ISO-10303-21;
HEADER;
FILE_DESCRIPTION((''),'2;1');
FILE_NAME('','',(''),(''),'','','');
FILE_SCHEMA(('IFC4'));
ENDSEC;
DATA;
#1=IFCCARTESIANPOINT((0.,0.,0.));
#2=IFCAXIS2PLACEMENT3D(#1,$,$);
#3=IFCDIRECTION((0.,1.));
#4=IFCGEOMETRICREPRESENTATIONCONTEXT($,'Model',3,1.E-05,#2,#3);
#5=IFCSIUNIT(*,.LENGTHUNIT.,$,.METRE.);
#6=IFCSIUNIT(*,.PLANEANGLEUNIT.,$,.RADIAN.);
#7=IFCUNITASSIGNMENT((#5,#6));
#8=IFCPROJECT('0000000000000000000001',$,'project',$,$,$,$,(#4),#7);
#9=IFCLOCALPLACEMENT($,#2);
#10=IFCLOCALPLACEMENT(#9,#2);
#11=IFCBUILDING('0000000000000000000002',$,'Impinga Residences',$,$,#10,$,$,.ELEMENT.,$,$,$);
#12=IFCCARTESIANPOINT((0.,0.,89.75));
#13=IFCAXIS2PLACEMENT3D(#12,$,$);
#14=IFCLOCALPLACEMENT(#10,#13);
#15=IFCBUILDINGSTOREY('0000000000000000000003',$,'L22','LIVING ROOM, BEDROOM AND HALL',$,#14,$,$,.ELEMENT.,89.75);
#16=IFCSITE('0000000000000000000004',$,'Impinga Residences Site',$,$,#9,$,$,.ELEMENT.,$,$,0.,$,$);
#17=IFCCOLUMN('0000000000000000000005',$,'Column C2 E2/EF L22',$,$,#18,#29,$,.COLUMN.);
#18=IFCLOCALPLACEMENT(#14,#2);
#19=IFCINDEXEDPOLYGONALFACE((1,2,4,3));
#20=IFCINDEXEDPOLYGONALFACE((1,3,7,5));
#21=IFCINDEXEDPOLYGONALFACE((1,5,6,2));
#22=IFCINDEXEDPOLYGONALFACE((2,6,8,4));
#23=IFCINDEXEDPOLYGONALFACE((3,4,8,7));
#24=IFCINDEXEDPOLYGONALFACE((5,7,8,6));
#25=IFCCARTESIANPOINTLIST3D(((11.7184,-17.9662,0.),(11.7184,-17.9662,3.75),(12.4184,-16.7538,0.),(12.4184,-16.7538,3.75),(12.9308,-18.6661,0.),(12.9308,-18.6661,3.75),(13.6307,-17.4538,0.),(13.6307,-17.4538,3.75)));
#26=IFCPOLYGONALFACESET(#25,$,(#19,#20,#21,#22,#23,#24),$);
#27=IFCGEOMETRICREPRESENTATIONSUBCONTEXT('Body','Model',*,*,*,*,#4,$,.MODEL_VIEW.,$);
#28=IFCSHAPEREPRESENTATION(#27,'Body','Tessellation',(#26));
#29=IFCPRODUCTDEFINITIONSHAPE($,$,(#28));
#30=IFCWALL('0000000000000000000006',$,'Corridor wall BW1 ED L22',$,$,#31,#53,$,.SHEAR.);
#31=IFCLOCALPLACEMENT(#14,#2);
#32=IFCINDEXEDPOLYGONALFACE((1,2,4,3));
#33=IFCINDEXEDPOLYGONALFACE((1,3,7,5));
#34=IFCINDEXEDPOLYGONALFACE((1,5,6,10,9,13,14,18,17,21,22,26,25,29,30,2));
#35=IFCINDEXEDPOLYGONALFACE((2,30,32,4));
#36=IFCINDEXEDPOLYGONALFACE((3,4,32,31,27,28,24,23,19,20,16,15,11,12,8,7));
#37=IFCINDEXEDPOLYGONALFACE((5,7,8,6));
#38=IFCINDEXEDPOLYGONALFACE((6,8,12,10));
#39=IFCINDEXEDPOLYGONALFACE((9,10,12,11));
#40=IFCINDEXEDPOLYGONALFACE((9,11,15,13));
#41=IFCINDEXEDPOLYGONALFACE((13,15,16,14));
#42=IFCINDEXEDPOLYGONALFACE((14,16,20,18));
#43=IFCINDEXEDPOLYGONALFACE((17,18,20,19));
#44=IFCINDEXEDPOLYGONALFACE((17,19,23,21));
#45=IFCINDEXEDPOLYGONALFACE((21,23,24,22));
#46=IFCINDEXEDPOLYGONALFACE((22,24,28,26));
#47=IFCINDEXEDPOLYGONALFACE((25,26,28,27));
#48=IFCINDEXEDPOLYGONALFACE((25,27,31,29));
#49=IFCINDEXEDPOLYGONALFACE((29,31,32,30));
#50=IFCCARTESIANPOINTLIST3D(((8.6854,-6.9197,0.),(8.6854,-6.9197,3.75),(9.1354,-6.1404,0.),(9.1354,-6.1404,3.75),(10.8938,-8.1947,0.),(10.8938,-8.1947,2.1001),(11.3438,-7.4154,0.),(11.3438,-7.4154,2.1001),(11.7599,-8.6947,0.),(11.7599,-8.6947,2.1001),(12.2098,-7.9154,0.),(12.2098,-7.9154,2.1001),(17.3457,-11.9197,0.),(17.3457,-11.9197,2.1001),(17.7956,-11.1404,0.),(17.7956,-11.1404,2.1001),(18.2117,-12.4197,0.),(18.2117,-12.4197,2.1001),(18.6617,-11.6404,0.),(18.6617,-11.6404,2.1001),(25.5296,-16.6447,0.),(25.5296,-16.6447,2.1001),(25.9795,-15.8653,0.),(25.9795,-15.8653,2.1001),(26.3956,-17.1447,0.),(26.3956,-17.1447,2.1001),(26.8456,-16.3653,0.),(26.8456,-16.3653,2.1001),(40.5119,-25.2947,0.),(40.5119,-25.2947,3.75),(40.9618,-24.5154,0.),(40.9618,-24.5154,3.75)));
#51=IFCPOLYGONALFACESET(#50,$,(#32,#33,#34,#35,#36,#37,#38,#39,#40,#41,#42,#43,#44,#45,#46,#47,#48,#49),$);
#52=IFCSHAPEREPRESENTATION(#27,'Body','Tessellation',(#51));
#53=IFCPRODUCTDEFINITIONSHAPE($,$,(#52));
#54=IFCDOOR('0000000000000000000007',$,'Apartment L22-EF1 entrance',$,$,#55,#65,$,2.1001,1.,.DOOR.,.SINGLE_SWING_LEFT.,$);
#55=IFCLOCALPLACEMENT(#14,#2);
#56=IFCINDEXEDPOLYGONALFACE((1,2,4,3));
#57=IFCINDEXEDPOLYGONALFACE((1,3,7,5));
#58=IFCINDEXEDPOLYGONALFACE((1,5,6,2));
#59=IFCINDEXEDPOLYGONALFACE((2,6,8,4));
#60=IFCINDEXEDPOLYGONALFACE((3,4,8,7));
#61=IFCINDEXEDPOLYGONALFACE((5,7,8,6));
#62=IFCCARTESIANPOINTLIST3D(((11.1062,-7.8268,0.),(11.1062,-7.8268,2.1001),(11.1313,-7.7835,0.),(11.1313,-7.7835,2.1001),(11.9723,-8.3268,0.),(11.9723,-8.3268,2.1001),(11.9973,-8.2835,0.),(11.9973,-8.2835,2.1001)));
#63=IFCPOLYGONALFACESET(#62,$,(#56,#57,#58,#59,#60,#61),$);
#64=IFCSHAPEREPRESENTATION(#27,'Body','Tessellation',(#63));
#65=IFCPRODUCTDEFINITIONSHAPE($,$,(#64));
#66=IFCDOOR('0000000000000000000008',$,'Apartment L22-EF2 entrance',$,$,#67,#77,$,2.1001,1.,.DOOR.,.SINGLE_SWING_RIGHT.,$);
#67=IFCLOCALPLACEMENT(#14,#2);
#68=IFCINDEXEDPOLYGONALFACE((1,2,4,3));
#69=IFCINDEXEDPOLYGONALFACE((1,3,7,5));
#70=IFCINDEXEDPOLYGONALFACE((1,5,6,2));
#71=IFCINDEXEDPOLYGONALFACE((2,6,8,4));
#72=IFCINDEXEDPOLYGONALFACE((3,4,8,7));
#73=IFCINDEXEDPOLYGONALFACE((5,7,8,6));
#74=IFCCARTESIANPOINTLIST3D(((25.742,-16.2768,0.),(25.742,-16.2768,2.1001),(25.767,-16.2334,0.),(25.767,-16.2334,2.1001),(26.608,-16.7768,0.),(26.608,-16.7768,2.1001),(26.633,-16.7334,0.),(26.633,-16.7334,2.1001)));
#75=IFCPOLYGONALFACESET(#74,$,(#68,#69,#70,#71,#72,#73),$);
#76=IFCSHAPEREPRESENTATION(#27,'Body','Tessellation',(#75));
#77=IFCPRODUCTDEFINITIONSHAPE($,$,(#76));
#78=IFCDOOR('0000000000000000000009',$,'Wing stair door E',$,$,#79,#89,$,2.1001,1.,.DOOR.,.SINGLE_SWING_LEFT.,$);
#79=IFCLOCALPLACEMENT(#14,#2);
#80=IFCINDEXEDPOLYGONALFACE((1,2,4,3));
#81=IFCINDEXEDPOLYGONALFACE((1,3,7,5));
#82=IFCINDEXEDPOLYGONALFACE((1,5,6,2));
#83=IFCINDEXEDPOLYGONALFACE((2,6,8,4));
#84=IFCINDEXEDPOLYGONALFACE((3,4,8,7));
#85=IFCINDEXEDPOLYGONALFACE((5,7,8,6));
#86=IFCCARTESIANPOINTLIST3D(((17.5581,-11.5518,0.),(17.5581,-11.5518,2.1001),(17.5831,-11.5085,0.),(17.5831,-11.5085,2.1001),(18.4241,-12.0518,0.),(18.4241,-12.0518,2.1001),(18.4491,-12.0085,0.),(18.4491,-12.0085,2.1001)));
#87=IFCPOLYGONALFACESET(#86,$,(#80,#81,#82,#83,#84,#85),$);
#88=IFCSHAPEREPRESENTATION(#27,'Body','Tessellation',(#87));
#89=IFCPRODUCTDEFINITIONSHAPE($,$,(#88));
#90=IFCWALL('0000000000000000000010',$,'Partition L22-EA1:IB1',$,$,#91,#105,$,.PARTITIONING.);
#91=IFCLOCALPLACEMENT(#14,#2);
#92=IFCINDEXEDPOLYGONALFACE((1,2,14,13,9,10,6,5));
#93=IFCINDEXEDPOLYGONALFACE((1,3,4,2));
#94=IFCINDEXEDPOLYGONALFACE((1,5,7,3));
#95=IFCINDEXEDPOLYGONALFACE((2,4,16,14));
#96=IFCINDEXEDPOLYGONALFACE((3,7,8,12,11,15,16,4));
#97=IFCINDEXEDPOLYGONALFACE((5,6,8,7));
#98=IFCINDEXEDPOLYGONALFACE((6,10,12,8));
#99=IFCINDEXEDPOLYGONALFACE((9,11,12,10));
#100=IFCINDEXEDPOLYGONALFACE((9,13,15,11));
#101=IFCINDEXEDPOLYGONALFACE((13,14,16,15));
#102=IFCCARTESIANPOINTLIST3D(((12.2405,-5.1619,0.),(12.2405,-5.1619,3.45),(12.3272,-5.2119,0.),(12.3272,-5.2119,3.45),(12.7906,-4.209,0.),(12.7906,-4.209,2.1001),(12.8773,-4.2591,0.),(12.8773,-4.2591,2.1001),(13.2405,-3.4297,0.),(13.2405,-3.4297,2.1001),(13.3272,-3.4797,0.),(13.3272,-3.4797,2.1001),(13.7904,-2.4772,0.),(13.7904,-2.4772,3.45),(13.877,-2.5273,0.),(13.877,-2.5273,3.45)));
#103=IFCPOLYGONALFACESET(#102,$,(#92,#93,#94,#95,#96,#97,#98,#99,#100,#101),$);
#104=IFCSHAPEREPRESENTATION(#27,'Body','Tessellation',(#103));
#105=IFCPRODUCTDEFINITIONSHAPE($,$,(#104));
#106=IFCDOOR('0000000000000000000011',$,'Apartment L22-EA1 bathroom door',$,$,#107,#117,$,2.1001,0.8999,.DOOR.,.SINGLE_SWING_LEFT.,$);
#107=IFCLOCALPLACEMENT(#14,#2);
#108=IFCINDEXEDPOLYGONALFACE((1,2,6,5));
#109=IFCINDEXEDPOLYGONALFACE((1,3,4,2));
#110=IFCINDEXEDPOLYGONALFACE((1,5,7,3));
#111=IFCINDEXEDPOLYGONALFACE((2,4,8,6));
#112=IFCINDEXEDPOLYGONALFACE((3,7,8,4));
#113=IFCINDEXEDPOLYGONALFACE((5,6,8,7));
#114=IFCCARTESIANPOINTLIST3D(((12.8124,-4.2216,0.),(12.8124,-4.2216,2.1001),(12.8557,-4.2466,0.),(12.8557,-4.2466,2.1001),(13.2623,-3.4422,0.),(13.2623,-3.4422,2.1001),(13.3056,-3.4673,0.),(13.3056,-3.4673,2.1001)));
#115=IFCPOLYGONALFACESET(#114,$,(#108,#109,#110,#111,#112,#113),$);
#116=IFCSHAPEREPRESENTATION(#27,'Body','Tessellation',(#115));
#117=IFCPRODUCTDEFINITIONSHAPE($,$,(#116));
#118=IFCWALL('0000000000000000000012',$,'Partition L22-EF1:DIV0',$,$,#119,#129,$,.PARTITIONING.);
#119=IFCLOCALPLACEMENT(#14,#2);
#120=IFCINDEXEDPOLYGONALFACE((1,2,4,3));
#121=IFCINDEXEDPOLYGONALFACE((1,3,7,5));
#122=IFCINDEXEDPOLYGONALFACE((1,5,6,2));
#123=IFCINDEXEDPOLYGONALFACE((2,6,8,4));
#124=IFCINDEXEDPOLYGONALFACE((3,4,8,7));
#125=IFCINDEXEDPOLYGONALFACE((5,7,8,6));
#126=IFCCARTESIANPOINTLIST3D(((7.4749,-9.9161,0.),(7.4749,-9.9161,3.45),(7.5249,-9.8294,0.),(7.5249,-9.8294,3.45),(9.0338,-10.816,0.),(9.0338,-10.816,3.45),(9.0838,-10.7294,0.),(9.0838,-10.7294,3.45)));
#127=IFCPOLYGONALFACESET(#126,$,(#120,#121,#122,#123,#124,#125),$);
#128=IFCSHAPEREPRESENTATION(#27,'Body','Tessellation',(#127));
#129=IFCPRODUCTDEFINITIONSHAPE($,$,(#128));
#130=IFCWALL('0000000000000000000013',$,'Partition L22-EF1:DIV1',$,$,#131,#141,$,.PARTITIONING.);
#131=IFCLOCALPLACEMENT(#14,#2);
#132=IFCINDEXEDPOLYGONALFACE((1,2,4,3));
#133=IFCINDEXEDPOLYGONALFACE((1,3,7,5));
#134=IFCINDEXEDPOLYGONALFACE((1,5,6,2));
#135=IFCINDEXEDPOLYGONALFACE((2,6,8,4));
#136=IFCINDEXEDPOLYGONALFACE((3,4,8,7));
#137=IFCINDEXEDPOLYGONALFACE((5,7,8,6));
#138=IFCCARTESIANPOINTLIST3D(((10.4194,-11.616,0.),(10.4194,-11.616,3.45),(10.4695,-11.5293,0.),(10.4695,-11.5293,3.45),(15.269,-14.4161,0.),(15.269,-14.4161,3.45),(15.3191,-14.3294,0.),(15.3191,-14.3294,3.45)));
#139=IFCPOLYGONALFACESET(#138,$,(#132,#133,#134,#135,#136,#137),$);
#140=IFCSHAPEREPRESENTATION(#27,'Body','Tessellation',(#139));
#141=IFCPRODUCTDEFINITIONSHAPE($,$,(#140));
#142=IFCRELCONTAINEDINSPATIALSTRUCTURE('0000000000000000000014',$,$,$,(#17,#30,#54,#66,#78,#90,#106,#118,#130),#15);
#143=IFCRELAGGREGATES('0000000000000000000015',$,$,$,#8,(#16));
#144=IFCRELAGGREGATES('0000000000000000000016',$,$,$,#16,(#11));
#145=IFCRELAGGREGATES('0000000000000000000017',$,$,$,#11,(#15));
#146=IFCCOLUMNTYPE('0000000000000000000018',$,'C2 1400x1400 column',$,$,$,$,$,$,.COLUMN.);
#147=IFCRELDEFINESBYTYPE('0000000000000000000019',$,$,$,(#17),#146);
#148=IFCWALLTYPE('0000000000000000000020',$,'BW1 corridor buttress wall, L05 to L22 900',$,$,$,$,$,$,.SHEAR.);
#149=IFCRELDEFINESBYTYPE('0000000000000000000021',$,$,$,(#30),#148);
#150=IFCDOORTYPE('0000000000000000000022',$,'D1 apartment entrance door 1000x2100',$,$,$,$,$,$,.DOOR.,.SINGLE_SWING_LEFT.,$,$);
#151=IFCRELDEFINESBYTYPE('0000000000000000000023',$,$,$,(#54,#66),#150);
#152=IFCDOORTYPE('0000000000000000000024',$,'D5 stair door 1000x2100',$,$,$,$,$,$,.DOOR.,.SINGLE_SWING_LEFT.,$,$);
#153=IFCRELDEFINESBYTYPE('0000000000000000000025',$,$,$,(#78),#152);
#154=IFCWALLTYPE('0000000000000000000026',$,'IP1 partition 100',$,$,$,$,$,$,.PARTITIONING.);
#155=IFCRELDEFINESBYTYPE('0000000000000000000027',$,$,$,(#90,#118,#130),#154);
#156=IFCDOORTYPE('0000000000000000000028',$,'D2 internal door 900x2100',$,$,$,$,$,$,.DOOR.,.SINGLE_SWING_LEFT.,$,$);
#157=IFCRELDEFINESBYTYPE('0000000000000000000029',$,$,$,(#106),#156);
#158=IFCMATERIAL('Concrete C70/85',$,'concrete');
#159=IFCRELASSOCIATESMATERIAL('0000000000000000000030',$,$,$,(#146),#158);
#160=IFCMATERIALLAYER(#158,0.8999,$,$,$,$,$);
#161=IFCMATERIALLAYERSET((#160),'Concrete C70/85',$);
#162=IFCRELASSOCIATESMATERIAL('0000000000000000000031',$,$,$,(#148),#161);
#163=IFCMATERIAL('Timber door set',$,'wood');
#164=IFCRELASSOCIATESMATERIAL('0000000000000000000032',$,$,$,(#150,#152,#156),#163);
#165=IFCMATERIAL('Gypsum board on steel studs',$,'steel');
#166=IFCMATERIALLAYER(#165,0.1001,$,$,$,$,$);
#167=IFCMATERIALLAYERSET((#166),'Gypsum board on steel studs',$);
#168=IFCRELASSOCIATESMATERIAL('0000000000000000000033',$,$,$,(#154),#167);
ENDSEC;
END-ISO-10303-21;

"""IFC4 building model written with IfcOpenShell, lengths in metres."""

from ifc_helpers import new_model, si_unit, direction, frame, frame_2d, origin, origin_2d, place, context, subcontext, project, spatial, rectangle, extrude, material, layer, layer_set, material_profile, profile_set, type_object, element, fill, save


model = new_model("IFC4")

# Units and contexts
model_context = context("Model", 3, precision=1e-05, world=origin(), true_north=direction((0.0, 1.0)))
body_context = subcontext(model_context, "Body", "Model", "MODEL_VIEW")
ifc_project = project(units=[si_unit("LENGTHUNIT", "METRE"), si_unit("PLANEANGLEUNIT", "RADIAN")], contexts=[model_context])

# Site, building, storey
site_placement = place(None, origin())
site = spatial("IfcSite", under=ifc_project, at=site_placement, Name="Impinga Residences Site", CompositionType="ELEMENT", RefElevation=0.0)
building_placement = place(site_placement, origin())
building = spatial("IfcBuilding", under=site, at=building_placement, Name="Impinga Residences", CompositionType="ELEMENT")
storey_placement = place(building_placement, frame((0.0, 0.0, 89.75)))
storey = spatial("IfcBuildingStorey", under=building, at=storey_placement, Name="L22", Description="LIVING ROOM, BEDROOM AND HALL", CompositionType="ELEMENT", Elevation=89.75)

# Column
ifc_material_1 = material(Name="Concrete C70/85", Category="concrete")
ifc_material_profile = material_profile(ifc_material_1, rectangle(XDim=1.3999, YDim=1.3999, at=origin_2d()), Name="RC 1400x1400")
ifc_profile_set = profile_set([ifc_material_profile], Name="Concrete C70/85")
column_type = type_object("IfcColumnType", Name="C2 1400x1400 column", PredefinedType="COLUMN", material=ifc_profile_set)
column_placement = place(storey_placement, frame((12.6746, -17.71, 0.0), z_axis=(0.0, 0.0, 1.0), x_axis=(-0.5, -0.866025, 0.0)))
element("IfcColumn", 1, at=column_placement, inside=storey, type_object=column_type, Name="Column C2 E2/EF L22", PredefinedType="COLUMN", context=body_context, shape_type="SweptSolid", body=[
    extrude(rectangle(XDim=1.3999, YDim=1.3999, at=origin_2d()), origin(), (0.0, 0.0, 1.0), 3.75),
])

# Wall, openings, doors
ifc_layer_1 = layer(ifc_material_1, 0.8999)
ifc_layer_set_1 = layer_set([ifc_layer_1], Name="Concrete C70/85")
wall_type_1 = type_object("IfcWallType", Name="BW1 corridor buttress wall, L05 to L22 900", PredefinedType="SHEAR", material=ifc_layer_set_1)
wall_1_placement = place(storey_placement, frame((8.9104, -6.53, 0.0), z_axis=(0.0, 0.0, 1.0), x_axis=(0.866025, -0.5, 0.0)))
wall_1 = element("IfcWall", 2, at=wall_1_placement, inside=storey, type_object=wall_type_1, Name="Corridor wall BW1 ED L22", PredefinedType="SHEAR", context=body_context, shape_type="SweptSolid", body=[
    extrude(rectangle(XDim=36.75, YDim=0.8999, at=frame_2d((18.375, 0.0))), origin(), (0.0, 0.0, 1.0), 3.75),
])
opening_1_placement = place(wall_1_placement, frame((10.0, 0.0, 0.0)))
opening_1 = element("IfcOpeningElement", 3, at=opening_1_placement, cuts=wall_1, PredefinedType="OPENING", context=body_context, shape_type="SweptSolid", body=[
    extrude(rectangle(XDim=1.0, YDim=2.1001, at=frame_2d((0.5, 1.05))), frame((0.0, 0.46, 0.0), z_axis=(0.0, -1.0, 0.0), x_axis=(1.0, 0.0, 0.0)), (0.0, 0.0, 1.0), 0.9199),
])
opening_2_placement = place(wall_1_placement, frame((2.55, 0.0, 0.0)))
opening_2 = element("IfcOpeningElement", 4, at=opening_2_placement, cuts=wall_1, PredefinedType="OPENING", context=body_context, shape_type="SweptSolid", body=[
    extrude(rectangle(XDim=1.0, YDim=2.1001, at=frame_2d((0.5, 1.05))), frame((0.0, 0.46, 0.0), z_axis=(0.0, -1.0, 0.0), x_axis=(1.0, 0.0, 0.0)), (0.0, 0.0, 1.0), 0.9199),
])
opening_3_placement = place(wall_1_placement, frame((19.45, 0.0, 0.0)))
opening_3 = element("IfcOpeningElement", 5, at=opening_3_placement, cuts=wall_1, PredefinedType="OPENING", context=body_context, shape_type="SweptSolid", body=[
    extrude(rectangle(XDim=1.0, YDim=2.1001, at=frame_2d((0.5, 1.05))), frame((0.0, 0.46, 0.0), z_axis=(0.0, -1.0, 0.0), x_axis=(1.0, 0.0, 0.0)), (0.0, 0.0, 1.0), 0.9199),
])
ifc_material_2 = material(Name="Timber door set", Category="wood")
door_type_1 = type_object("IfcDoorType", Name="D1 apartment entrance door 1000x2100", OperationType="SINGLE_SWING_LEFT", PredefinedType="DOOR", material=ifc_material_2)
door_1_placement = place(opening_2_placement, origin())
door_1 = element("IfcDoor", 6, at=door_1_placement, inside=storey, type_object=door_type_1, Name="Apartment L22-EF1 entrance", OperationType="SINGLE_SWING_LEFT", OverallHeight=2.1001, OverallWidth=1.0, PredefinedType="DOOR", context=body_context, shape_type="SweptSolid", body=[
    extrude(rectangle(XDim=1.0, YDim=2.1001, at=frame_2d((0.5, 1.05))), frame((0.0, 0.0249, 0.0), z_axis=(0.0, -1.0, 0.0), x_axis=(1.0, 0.0, 0.0)), (0.0, 0.0, 1.0), 0.05),
])
fill(opening_2, door_1)
door_2_placement = place(opening_3_placement, origin())
door_2 = element("IfcDoor", 7, at=door_2_placement, inside=storey, type_object=door_type_1, Name="Apartment L22-EF2 entrance", OperationType="SINGLE_SWING_RIGHT", OverallHeight=2.1001, OverallWidth=1.0, PredefinedType="DOOR", context=body_context, shape_type="SweptSolid", body=[
    extrude(rectangle(XDim=1.0, YDim=2.1001, at=frame_2d((0.5, 1.05))), frame((0.0, 0.0249, 0.0), z_axis=(0.0, -1.0, 0.0), x_axis=(1.0, 0.0, 0.0)), (0.0, 0.0, 1.0), 0.05),
])
fill(opening_3, door_2)
door_type_2 = type_object("IfcDoorType", Name="D5 stair door 1000x2100", OperationType="SINGLE_SWING_LEFT", PredefinedType="DOOR", material=ifc_material_2)
door_3_placement = place(opening_1_placement, origin())
door_3 = element("IfcDoor", 8, at=door_3_placement, inside=storey, type_object=door_type_2, Name="Wing stair door E", OperationType="SINGLE_SWING_LEFT", OverallHeight=2.1001, OverallWidth=1.0, PredefinedType="DOOR", context=body_context, shape_type="SweptSolid", body=[
    extrude(rectangle(XDim=1.0, YDim=2.1001, at=frame_2d((0.5, 1.05))), frame((0.0, 0.0249, 0.0), z_axis=(0.0, -1.0, 0.0), x_axis=(1.0, 0.0, 0.0)), (0.0, 0.0, 1.0), 0.05),
])
fill(opening_1, door_3)

# Wall, opening, door
ifc_material_3 = material(Name="Gypsum board on steel studs", Category="steel")
ifc_layer_2 = layer(ifc_material_3, 0.1001)
ifc_layer_set_2 = layer_set([ifc_layer_2], Name="Gypsum board on steel studs")
wall_type_2 = type_object("IfcWallType", Name="IP1 partition 100", PredefinedType="PARTITIONING", material=ifc_layer_set_2)
wall_2_placement = place(storey_placement, frame((12.2839, -5.1868, 0.0), z_axis=(0.0, 0.0, 1.0), x_axis=(0.499968, 0.866044, 0.0)))
wall_2 = element("IfcWall", 9, at=wall_2_placement, inside=storey, type_object=wall_type_2, Name="Partition L22-EA1:IB1", PredefinedType="PARTITIONING", context=body_context, shape_type="SweptSolid", body=[
    extrude(rectangle(XDim=3.0999, YDim=0.1001, at=frame_2d((1.5498, 0.0))), origin(), (0.0, 0.0, 1.0), 3.45),
])
opening_4_placement = place(wall_2_placement, frame((1.1001, 0.0, 0.0)))
opening_4 = element("IfcOpeningElement", 10, at=opening_4_placement, cuts=wall_2, PredefinedType="OPENING", context=body_context, shape_type="SweptSolid", body=[
    extrude(rectangle(XDim=0.8999, YDim=2.1001, at=frame_2d((0.45, 1.05))), frame((0.0, 0.0601, 0.0), z_axis=(0.0, -1.0, 0.0), x_axis=(1.0, 0.0, 0.0)), (0.0, 0.0, 1.0), 0.1201),
])
door_type_3 = type_object("IfcDoorType", Name="D2 internal door 900x2100", OperationType="SINGLE_SWING_LEFT", PredefinedType="DOOR", material=ifc_material_2)
door_4_placement = place(opening_4_placement, origin())
door_4 = element("IfcDoor", 11, at=door_4_placement, inside=storey, type_object=door_type_3, Name="Apartment L22-EA1 bathroom door", OperationType="SINGLE_SWING_LEFT", OverallHeight=2.1001, OverallWidth=0.8999, PredefinedType="DOOR", context=body_context, shape_type="SweptSolid", body=[
    extrude(rectangle(XDim=0.8999, YDim=2.1001, at=frame_2d((0.45, 1.05))), frame((0.0, 0.0249, 0.0), z_axis=(0.0, -1.0, 0.0), x_axis=(1.0, 0.0, 0.0)), (0.0, 0.0, 1.0), 0.05),
])
fill(opening_4, door_4)

# Walls
wall_3_placement = place(storey_placement, frame((7.5, -9.8728, 0.0), z_axis=(0.0, 0.0, 1.0), x_axis=(0.866048, -0.499961, 0.0)))
element("IfcWall", 12, at=wall_3_placement, inside=storey, type_object=wall_type_2, Name="Partition L22-EF1:DIV0", PredefinedType="PARTITIONING", context=body_context, shape_type="SweptSolid", body=[
    extrude(rectangle(XDim=1.8, YDim=0.1001, at=frame_2d((0.8999, 0.0))), origin(), (0.0, 0.0, 1.0), 3.45),
])
wall_4_placement = place(storey_placement, frame((10.4446, -11.5728, 0.0), z_axis=(0.0, 0.0, 1.0), x_axis=(0.866016, -0.500017, 0.0)))
element("IfcWall", 13, at=wall_4_placement, inside=storey, type_object=wall_type_2, Name="Partition L22-EF1:DIV1", PredefinedType="PARTITIONING", context=body_context, shape_type="SweptSolid", body=[
    extrude(rectangle(XDim=5.5999, YDim=0.1001, at=frame_2d((2.7998, 0.0))), origin(), (0.0, 0.0, 1.0), 3.45),
])

save(model, "model.ifc")
